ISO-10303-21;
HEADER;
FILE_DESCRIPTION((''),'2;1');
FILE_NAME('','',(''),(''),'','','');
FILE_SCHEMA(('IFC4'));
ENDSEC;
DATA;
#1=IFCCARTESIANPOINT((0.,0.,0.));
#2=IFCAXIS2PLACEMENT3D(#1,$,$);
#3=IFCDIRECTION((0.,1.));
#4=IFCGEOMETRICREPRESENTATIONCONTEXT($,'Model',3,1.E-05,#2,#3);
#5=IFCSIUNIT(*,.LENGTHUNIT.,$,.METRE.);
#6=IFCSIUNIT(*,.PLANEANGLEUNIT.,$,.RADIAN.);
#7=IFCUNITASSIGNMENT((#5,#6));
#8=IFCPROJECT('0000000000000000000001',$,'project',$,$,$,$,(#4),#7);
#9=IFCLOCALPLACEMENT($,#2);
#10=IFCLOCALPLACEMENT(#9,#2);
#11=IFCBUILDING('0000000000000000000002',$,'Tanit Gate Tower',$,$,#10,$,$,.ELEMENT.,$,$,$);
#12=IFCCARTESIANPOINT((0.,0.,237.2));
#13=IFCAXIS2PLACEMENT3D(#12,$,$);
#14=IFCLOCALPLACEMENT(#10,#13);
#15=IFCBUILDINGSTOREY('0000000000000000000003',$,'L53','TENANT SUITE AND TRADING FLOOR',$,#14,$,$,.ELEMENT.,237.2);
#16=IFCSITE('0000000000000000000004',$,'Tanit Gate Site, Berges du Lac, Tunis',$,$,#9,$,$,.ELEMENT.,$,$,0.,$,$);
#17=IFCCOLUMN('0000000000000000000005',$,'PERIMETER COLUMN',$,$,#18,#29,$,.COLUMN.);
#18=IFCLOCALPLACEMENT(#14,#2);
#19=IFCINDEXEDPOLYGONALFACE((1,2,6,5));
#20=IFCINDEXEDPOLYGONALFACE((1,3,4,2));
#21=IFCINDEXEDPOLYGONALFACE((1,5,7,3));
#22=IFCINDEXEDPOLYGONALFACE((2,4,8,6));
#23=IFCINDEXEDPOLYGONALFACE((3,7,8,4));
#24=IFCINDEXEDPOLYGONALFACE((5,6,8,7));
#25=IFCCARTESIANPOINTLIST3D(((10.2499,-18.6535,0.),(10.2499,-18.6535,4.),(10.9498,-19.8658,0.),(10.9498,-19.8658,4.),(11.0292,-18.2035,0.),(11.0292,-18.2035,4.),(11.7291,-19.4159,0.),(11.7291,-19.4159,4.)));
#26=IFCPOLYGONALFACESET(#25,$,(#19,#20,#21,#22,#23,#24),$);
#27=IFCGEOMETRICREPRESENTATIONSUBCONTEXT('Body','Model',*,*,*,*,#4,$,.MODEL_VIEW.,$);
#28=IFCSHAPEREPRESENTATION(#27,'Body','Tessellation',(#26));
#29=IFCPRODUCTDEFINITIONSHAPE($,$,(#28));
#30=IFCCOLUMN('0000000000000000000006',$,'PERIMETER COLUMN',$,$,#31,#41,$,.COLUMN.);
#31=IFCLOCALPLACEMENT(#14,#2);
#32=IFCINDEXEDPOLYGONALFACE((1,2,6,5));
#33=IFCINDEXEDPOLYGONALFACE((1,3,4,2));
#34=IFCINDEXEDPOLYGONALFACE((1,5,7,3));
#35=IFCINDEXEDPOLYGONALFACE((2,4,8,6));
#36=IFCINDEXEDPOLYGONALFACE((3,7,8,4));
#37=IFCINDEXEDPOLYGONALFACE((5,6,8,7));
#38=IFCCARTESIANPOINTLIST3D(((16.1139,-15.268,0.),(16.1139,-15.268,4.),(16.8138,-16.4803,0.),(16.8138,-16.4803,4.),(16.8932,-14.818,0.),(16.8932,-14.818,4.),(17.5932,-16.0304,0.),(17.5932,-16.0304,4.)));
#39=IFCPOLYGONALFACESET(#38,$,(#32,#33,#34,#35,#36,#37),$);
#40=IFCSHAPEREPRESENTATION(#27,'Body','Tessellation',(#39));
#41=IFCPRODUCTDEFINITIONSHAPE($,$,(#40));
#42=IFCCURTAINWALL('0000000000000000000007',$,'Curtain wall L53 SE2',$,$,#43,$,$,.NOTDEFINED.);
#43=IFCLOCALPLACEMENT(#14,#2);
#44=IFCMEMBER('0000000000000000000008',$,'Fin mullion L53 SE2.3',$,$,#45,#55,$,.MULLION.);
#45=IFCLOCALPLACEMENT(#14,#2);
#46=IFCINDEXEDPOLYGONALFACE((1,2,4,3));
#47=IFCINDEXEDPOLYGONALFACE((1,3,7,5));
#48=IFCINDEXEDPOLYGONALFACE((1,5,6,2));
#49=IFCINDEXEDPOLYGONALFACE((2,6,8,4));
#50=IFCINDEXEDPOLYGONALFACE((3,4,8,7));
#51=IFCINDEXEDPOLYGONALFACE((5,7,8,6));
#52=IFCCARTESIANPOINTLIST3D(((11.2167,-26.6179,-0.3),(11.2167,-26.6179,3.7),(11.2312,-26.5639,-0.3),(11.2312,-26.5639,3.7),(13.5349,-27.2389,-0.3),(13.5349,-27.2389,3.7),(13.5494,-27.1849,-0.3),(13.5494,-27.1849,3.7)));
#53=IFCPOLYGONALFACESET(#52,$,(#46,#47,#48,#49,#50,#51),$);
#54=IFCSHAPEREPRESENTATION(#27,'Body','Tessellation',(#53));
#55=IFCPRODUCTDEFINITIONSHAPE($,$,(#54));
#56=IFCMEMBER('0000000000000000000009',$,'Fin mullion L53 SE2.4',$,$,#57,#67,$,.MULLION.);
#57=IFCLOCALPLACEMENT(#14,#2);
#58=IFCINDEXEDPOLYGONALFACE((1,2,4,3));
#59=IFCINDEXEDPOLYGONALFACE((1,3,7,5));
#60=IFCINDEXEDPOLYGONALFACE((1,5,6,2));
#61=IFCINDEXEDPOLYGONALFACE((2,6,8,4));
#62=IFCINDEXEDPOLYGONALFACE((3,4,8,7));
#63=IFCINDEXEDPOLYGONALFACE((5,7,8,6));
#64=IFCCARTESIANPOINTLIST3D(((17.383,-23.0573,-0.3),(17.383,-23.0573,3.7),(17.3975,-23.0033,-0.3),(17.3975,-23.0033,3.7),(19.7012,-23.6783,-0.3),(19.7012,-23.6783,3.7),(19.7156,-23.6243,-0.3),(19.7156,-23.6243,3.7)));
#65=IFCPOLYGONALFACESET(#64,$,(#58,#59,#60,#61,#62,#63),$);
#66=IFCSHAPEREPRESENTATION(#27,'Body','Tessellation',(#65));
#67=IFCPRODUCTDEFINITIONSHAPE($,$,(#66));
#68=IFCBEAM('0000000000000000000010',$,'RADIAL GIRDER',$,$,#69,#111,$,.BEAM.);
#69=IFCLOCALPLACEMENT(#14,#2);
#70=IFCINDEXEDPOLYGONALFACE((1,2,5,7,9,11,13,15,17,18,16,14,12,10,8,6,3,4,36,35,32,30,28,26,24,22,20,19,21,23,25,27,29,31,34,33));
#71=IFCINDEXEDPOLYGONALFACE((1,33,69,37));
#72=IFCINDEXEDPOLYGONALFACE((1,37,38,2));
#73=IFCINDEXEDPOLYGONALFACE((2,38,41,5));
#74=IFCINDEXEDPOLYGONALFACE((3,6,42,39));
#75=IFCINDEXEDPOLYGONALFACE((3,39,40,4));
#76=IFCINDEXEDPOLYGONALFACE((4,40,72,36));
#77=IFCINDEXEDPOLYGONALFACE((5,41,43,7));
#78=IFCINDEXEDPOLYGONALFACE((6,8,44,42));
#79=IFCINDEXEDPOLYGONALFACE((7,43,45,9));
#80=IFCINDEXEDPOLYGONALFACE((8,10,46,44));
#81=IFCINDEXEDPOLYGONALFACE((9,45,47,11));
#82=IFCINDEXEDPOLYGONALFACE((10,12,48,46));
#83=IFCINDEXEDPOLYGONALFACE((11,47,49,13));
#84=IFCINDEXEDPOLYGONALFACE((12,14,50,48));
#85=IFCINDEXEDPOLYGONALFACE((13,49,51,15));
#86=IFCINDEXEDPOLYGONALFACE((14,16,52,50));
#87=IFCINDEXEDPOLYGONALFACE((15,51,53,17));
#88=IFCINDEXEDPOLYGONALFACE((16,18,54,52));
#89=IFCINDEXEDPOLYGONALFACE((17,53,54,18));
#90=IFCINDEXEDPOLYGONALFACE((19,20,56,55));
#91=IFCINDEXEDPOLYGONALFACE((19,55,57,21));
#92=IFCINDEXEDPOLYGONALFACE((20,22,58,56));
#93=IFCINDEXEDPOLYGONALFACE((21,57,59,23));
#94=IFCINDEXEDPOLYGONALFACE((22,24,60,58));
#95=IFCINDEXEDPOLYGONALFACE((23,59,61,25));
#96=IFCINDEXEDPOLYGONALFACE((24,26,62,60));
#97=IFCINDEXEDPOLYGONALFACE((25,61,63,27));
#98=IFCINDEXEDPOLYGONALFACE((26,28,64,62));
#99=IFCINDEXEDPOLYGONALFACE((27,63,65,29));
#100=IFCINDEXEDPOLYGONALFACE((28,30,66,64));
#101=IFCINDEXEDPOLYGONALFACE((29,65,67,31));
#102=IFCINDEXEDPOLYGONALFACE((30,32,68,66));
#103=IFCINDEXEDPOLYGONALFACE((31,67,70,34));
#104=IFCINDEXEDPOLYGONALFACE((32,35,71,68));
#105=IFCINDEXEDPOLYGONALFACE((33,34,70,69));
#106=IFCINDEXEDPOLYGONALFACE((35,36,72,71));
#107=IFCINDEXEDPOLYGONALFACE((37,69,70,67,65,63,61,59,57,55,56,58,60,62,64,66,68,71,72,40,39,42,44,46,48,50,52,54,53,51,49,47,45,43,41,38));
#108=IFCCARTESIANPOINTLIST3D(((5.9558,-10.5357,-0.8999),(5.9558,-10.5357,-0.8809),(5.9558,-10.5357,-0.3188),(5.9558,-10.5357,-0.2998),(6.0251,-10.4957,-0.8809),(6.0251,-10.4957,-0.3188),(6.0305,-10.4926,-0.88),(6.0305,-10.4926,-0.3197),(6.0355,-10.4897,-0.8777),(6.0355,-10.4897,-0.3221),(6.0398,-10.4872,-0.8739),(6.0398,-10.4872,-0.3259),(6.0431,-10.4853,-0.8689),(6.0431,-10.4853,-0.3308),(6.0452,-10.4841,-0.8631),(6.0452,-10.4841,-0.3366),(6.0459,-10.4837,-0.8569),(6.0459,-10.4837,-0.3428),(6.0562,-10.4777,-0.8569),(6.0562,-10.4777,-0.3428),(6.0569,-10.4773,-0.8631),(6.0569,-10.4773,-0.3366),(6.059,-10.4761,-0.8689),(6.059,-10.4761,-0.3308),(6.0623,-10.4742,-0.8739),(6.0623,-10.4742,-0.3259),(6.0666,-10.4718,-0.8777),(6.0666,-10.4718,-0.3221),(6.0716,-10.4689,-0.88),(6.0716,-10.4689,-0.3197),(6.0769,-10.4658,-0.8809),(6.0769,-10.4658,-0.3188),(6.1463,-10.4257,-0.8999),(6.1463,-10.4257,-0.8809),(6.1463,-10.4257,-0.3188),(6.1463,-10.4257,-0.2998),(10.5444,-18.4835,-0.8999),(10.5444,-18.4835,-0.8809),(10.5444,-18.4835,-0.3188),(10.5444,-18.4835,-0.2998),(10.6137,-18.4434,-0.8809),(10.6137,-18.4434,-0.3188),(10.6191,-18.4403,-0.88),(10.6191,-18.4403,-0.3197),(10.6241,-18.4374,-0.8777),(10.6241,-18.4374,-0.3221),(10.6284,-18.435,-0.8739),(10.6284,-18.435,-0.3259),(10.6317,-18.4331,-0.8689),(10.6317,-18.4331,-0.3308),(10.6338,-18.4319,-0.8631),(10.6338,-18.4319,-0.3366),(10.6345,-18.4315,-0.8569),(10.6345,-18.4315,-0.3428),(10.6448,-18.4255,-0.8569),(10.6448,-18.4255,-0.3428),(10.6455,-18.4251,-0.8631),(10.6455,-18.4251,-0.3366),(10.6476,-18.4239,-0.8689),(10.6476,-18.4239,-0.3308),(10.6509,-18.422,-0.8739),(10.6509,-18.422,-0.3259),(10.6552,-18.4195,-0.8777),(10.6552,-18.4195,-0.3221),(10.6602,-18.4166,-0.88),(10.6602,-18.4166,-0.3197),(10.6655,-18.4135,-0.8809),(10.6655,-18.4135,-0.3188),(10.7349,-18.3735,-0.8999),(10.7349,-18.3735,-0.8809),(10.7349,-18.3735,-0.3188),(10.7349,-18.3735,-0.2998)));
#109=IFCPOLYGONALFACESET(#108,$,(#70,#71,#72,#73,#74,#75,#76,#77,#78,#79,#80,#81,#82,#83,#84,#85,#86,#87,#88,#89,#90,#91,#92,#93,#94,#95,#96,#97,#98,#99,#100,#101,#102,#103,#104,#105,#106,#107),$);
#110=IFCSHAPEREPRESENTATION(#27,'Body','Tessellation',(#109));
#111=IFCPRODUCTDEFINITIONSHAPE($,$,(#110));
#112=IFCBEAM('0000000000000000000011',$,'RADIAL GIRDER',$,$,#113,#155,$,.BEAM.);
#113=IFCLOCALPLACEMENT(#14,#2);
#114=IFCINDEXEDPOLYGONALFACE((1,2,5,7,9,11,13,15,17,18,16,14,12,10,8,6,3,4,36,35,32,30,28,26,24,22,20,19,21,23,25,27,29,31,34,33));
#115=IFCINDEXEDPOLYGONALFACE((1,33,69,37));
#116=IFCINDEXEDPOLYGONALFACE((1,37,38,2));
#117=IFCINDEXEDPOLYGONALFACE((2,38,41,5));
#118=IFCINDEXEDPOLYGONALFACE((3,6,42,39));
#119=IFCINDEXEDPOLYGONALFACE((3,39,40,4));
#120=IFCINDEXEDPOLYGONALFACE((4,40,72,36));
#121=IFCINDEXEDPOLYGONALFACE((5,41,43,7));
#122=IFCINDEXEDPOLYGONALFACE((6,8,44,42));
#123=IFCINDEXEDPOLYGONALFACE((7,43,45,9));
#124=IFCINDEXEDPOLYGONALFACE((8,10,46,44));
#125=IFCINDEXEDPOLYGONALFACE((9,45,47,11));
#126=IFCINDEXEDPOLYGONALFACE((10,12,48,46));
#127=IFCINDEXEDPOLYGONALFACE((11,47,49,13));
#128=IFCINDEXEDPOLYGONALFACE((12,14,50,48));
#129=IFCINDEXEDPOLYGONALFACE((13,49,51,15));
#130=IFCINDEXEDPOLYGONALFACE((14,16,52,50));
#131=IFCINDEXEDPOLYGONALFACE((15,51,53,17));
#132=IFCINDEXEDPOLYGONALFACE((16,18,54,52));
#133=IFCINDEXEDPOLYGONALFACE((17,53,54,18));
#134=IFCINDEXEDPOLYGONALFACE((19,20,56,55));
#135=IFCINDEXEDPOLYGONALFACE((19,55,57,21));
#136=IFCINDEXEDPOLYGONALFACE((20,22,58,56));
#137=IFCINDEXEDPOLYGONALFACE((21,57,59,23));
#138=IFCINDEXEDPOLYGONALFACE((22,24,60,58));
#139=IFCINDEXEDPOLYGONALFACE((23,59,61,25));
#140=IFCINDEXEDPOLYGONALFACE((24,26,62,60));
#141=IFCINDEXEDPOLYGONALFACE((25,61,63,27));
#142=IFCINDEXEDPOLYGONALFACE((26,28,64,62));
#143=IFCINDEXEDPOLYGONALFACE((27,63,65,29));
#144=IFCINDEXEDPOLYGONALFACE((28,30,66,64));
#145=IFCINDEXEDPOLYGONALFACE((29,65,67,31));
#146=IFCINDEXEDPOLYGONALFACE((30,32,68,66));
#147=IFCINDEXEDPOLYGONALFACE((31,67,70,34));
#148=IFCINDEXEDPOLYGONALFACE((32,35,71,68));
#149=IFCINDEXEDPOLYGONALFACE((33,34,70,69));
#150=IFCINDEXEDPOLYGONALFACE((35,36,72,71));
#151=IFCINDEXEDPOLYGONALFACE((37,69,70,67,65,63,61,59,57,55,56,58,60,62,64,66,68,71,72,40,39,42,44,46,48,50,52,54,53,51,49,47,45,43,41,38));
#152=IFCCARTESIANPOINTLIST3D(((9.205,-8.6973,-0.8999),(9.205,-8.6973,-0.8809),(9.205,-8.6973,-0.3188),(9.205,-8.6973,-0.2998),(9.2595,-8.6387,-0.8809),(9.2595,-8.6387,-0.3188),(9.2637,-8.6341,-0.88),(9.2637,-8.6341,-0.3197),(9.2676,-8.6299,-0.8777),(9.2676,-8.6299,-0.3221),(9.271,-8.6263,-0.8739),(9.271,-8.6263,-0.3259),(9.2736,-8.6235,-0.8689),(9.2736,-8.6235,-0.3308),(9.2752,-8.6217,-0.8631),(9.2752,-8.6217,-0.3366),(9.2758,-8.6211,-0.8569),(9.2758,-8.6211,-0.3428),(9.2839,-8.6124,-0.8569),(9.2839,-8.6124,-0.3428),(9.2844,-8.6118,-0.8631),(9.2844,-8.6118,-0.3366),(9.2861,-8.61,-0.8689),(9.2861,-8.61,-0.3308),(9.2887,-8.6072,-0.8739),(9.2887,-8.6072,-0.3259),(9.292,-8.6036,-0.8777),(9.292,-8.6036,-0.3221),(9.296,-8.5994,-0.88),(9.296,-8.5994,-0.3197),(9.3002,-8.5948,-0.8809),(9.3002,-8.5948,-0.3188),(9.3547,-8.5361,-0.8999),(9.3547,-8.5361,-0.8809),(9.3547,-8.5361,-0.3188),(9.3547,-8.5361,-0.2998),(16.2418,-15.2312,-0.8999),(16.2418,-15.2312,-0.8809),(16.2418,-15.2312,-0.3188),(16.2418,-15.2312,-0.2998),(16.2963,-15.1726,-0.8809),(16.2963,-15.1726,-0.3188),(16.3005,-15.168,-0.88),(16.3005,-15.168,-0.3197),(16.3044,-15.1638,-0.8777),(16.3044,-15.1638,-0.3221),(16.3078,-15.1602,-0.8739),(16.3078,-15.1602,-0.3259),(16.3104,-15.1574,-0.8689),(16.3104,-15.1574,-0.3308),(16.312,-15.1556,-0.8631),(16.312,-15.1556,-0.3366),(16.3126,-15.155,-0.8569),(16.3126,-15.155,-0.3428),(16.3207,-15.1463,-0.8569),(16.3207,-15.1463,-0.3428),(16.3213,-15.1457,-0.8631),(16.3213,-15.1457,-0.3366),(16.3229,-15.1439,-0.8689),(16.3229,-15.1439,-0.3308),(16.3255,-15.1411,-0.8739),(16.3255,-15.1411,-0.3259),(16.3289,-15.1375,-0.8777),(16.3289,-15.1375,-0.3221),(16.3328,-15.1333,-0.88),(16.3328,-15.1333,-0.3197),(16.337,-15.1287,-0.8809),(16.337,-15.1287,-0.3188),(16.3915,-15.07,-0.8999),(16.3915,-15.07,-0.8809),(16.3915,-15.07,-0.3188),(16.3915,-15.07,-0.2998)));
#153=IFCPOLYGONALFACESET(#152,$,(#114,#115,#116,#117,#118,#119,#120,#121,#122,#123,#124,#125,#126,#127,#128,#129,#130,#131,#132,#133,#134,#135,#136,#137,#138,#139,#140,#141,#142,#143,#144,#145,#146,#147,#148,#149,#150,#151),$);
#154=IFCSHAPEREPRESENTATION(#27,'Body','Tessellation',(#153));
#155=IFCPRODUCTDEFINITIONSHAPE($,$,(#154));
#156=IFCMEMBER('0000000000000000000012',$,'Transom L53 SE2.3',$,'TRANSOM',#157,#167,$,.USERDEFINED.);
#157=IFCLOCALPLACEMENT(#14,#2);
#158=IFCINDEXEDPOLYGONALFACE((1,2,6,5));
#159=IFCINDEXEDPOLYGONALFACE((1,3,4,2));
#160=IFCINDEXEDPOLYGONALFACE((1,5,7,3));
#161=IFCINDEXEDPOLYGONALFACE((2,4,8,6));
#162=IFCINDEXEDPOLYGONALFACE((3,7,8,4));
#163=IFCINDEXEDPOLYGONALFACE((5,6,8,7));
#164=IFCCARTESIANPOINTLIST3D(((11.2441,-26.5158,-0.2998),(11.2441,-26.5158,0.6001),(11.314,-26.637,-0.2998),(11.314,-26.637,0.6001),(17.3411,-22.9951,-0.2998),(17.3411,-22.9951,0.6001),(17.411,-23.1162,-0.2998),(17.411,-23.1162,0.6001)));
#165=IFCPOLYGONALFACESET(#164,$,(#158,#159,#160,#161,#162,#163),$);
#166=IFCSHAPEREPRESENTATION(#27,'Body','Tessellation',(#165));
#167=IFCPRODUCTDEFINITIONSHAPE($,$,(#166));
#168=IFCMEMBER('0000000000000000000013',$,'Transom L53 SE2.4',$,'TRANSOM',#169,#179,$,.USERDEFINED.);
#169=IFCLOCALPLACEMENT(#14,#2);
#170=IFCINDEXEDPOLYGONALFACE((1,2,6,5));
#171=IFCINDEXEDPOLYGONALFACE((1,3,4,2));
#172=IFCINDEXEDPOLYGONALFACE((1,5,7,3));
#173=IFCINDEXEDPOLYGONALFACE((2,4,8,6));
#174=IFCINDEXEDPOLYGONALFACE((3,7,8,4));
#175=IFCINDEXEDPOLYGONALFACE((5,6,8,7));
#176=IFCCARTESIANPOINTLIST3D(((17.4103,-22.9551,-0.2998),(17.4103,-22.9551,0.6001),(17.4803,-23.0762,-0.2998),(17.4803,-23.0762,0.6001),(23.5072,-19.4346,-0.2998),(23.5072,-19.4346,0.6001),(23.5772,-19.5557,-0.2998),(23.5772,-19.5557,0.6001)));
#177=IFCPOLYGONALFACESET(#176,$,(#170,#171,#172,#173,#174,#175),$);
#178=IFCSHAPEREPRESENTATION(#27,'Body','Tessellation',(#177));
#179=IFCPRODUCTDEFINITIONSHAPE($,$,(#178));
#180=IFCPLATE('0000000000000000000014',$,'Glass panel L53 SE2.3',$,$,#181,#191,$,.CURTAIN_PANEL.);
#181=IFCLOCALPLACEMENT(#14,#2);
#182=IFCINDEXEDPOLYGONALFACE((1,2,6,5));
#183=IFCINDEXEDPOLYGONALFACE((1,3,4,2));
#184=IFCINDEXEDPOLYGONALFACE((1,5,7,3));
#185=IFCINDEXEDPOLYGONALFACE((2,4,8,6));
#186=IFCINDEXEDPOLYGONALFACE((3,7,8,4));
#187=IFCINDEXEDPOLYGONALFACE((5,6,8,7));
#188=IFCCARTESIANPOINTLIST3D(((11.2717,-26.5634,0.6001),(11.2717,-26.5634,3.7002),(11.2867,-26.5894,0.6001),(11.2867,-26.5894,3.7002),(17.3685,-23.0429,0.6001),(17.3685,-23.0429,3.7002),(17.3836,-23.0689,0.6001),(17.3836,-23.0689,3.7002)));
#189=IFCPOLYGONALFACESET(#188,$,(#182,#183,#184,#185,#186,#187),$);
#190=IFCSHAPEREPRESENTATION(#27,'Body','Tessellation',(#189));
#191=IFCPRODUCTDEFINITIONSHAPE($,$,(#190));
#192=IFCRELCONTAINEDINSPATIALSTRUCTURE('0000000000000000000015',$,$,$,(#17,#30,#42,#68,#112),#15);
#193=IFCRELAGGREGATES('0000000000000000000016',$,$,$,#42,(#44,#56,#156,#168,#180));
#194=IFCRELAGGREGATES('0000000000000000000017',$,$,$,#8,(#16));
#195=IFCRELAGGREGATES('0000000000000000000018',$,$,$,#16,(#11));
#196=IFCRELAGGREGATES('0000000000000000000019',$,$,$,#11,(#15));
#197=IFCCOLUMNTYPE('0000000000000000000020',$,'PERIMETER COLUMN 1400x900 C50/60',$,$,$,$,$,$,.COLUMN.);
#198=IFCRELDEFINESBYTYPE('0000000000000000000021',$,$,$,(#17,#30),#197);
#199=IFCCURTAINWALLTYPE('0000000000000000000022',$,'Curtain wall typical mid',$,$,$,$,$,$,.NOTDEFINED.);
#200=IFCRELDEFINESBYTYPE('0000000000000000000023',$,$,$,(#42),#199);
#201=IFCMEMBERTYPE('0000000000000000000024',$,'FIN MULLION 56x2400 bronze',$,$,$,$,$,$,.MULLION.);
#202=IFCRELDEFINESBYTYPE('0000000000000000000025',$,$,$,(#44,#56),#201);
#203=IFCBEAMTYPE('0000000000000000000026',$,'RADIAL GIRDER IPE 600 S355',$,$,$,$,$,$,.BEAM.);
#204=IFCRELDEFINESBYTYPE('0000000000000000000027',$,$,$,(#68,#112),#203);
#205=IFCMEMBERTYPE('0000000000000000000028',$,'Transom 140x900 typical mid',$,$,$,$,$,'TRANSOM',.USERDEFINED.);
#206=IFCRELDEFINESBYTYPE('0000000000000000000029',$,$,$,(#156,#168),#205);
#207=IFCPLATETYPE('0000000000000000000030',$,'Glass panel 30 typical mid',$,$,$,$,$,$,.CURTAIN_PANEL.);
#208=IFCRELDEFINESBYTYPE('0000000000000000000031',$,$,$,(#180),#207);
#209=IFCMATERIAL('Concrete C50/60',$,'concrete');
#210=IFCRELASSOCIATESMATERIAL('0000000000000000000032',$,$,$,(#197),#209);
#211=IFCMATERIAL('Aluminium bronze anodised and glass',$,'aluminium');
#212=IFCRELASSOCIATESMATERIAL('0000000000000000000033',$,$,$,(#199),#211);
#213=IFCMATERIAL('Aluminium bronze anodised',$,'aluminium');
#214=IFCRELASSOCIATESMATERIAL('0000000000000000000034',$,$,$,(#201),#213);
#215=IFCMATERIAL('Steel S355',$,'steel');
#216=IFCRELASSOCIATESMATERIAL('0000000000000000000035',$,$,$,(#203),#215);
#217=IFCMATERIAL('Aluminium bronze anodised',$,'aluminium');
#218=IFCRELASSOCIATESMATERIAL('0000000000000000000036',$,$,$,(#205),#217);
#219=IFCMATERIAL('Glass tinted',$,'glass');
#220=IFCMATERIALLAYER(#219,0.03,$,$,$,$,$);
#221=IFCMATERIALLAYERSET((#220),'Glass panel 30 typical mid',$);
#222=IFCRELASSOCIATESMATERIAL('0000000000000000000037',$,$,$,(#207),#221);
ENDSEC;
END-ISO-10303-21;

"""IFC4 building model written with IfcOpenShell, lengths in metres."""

from ifc_helpers import new_model, si_unit, direction, frame, origin, origin_2d, place, context, subcontext, project, spatial, rectangle, i_section, extrude, material, layer, layer_set, material_profile, profile_set, type_object, element, aggregate, save


model = new_model("IFC4")

# Units and contexts
model_context = context("Model", 3, precision=1e-05, world=origin(), true_north=direction((0.0, 1.0)))
body_context = subcontext(model_context, "Body", "Model", "MODEL_VIEW")
ifc_project = project(units=[si_unit("LENGTHUNIT", "METRE"), si_unit("PLANEANGLEUNIT", "RADIAN")], contexts=[model_context])

# Site, building, storey
site_placement = place(None, origin())
site = spatial("IfcSite", under=ifc_project, at=site_placement, Name="Tanit Gate Site, Berges du Lac, Tunis", CompositionType="ELEMENT", RefElevation=0.0)
building_placement = place(site_placement, origin())
building = spatial("IfcBuilding", under=site, at=building_placement, Name="Tanit Gate Tower", CompositionType="ELEMENT")
storey_placement = place(building_placement, frame((0.0, 0.0, 237.2)))
storey = spatial("IfcBuildingStorey", under=building, at=storey_placement, Name="L53", Description="TENANT SUITE AND TRADING FLOOR", CompositionType="ELEMENT", Elevation=237.2)

# Columns
ifc_material_1 = material(Name="Concrete C50/60", Category="concrete")
ifc_material_profile_1 = material_profile(ifc_material_1, rectangle(XDim=1.3999, YDim=0.8999, at=origin_2d()), Name="RC 1400x900")
ifc_profile_set_1 = profile_set([ifc_material_profile_1], Name="Concrete C50/60")
column_type = type_object("IfcColumnType", Name="PERIMETER COLUMN 1400x900 C50/60", PredefinedType="COLUMN", material=ifc_profile_set_1)
for number, where, z_axis, x_axis, name in (
    (1, (10.9895, -19.0347, 0.0), (0.0, 0.0, 1.0), (0.5, -0.866025, 0.0), "PERIMETER COLUMN"),
    (2, (16.8535, -15.6492, 0.0), (0.0, 0.0, 1.0), (0.5, -0.866025, 0.0), "PERIMETER COLUMN"),
):
    element("IfcColumn", number, at=place(storey_placement, frame(where, z_axis=z_axis, x_axis=x_axis)), inside=storey, type_object=column_type, Name=name, PredefinedType="COLUMN", context=body_context, shape_type="SweptSolid", body=[
        extrude(rectangle(XDim=1.3999, YDim=0.8999, at=origin_2d()), origin(), (0.0, 0.0, 1.0), 4.0),
    ])

# Curtain wall, members
ifc_material_2 = material(Name="Aluminium bronze anodised and glass", Category="aluminium")
curtain_wall_type = type_object("IfcCurtainWallType", Name="Curtain wall typical mid", PredefinedType="NOTDEFINED", material=ifc_material_2)
curtain_wall_placement = place(storey_placement, origin())
curtain_wall = element("IfcCurtainWall", 3, at=curtain_wall_placement, inside=storey, type_object=curtain_wall_type, Name="Curtain wall L53 SE2", PredefinedType="NOTDEFINED")
ifc_material_3 = material(Name="Aluminium bronze anodised", Category="aluminium")
ifc_material_profile_2 = material_profile(ifc_material_3, rectangle(XDim=2.3999, YDim=0.0559, at=origin_2d()), Name="56x2400 bronze fin mullion")
ifc_profile_set_2 = profile_set([ifc_material_profile_2], Name="Aluminium bronze anodised")
member_type_1 = type_object("IfcMemberType", Name="FIN MULLION 56x2400 bronze", PredefinedType="MULLION", material=ifc_profile_set_2)
member_1_placement = place(storey_placement, frame((12.3831, -26.9014, -0.3), z_axis=(0.0, 0.0, 1.0), x_axis=(-0.965944, 0.258752, 0.0)))
member_1 = element("IfcMember", 4, at=member_1_placement, type_object=member_type_1, Name="Fin mullion L53 SE2.3", PredefinedType="MULLION", context=body_context, shape_type="SweptSolid", body=[
    extrude(rectangle(XDim=2.3999, YDim=0.0559, at=origin_2d()), origin(), (0.0, 0.0, 1.0), 4.0),
])
member_2_placement = place(storey_placement, frame((18.5493, -23.3408, -0.3), z_axis=(0.0, 0.0, 1.0), x_axis=(-0.965944, 0.258752, 0.0)))
member_2 = element("IfcMember", 5, at=member_2_placement, type_object=member_type_1, Name="Fin mullion L53 SE2.4", PredefinedType="MULLION", context=body_context, shape_type="SweptSolid", body=[
    extrude(rectangle(XDim=2.3999, YDim=0.0559, at=origin_2d()), origin(), (0.0, 0.0, 1.0), 4.0),
])

# Beams
ifc_material_4 = material(Name="Steel S355", Category="steel")
ifc_material_profile_3 = material_profile(ifc_material_4, i_section(OverallWidth=0.22, OverallDepth=0.6001, WebThickness=0.012, FlangeThickness=0.019, FilletRadius=0.0239, at=origin_2d()), Name="IPE 600")
ifc_profile_set_3 = profile_set([ifc_material_profile_3], Name="Steel S355")
beam_type = type_object("IfcBeamType", Name="RADIAL GIRDER IPE 600 S355", PredefinedType="BEAM", material=ifc_profile_set_3)
beam_1_placement = place(storey_placement, frame((10.6396, -18.4285, -0.5999), z_axis=(-0.499999, 0.866026, 0.0), x_axis=(-0.866026, -0.499999, 0.0)))
element("IfcBeam", 6, at=beam_1_placement, inside=storey, type_object=beam_type, Name="RADIAL GIRDER", PredefinedType="BEAM", context=body_context, shape_type="SweptSolid", body=[
    extrude(i_section(OverallWidth=0.22, OverallDepth=0.6001, WebThickness=0.012, FlangeThickness=0.019, FilletRadius=0.0239, at=origin_2d()), origin(), (0.0, 0.0, 1.0), 9.1772),
])
beam_2_placement = place(storey_placement, frame((16.3167, -15.1506, -0.5999), z_axis=(-0.732809, 0.680435, 0.0), x_axis=(-0.680435, -0.732809, 0.0)))
element("IfcBeam", 7, at=beam_2_placement, inside=storey, type_object=beam_type, Name="RADIAL GIRDER", PredefinedType="BEAM", context=body_context, shape_type="SweptSolid", body=[
    extrude(i_section(OverallWidth=0.22, OverallDepth=0.6001, WebThickness=0.012, FlangeThickness=0.019, FilletRadius=0.0239, at=origin_2d()), origin(), (0.0, 0.0, 1.0), 9.6025),
])

# Members
ifc_material_5 = material(Name="Aluminium bronze anodised", Category="aluminium")
ifc_material_profile_4 = material_profile(ifc_material_5, rectangle(XDim=0.1399, YDim=0.8999, at=origin_2d()), Name="140x900 bronze transom")
ifc_profile_set_4 = profile_set([ifc_material_profile_4], Name="Aluminium bronze anodised")
member_type_2 = type_object("IfcMemberType", Name="Transom 140x900 typical mid", ElementType="TRANSOM", PredefinedType="USERDEFINED", material=ifc_profile_set_4)
member_3_placement = place(storey_placement, frame((11.2791, -26.5764, 0.1501), z_axis=(0.865983, 0.500074, 0.0), x_axis=(-0.500074, 0.865983, 0.0)))
member_3 = element("IfcMember", 8, at=member_3_placement, type_object=member_type_2, Name="Transom L53 SE2.3", ObjectType="TRANSOM", PredefinedType="USERDEFINED", context=body_context, shape_type="SweptSolid", body=[
    extrude(rectangle(XDim=0.1399, YDim=0.8999, at=origin_2d()), origin(), (0.0, 0.0, 1.0), 7.0405),
])
member_4_placement = place(storey_placement, frame((17.4453, -23.0156, 0.1501), z_axis=(0.865998, 0.500048, 0.0), x_axis=(-0.500048, 0.865998, 0.0)))
member_4 = element("IfcMember", 9, at=member_4_placement, type_object=member_type_2, Name="Transom L53 SE2.4", ObjectType="TRANSOM", PredefinedType="USERDEFINED", context=body_context, shape_type="SweptSolid", body=[
    extrude(rectangle(XDim=0.1399, YDim=0.8999, at=origin_2d()), origin(), (0.0, 0.0, 1.0), 7.0403),
])

# Plate
ifc_material_6 = material(Name="Glass tinted", Category="glass")
ifc_layer_1 = layer(ifc_material_6, 0.03)
ifc_layer_set_1 = layer_set([ifc_layer_1], Name="Glass panel 30 typical mid")
plate_type = type_object("IfcPlateType", Name="Glass panel 30 typical mid", PredefinedType="CURTAIN_PANEL", material=ifc_layer_set_1)
plate_1_placement = place(storey_placement, frame((14.3276, -24.8162, 0.6001), z_axis=(0.0, 0.0, 1.0), x_axis=(0.865991, 0.50006, 0.0)))
plate_1 = element("IfcPlate", 10, at=plate_1_placement, type_object=plate_type, Name="Glass panel L53 SE2.3", PredefinedType="CURTAIN_PANEL", context=body_context, shape_type="SweptSolid", body=[
    extrude(rectangle(XDim=7.0403, YDim=0.03, at=origin_2d()), origin(), (0.0, 0.0, 1.0), 3.1001),
])
aggregate(curtain_wall, [member_1, member_2, member_3, member_4, plate_1])

save(model, "model.ifc")
